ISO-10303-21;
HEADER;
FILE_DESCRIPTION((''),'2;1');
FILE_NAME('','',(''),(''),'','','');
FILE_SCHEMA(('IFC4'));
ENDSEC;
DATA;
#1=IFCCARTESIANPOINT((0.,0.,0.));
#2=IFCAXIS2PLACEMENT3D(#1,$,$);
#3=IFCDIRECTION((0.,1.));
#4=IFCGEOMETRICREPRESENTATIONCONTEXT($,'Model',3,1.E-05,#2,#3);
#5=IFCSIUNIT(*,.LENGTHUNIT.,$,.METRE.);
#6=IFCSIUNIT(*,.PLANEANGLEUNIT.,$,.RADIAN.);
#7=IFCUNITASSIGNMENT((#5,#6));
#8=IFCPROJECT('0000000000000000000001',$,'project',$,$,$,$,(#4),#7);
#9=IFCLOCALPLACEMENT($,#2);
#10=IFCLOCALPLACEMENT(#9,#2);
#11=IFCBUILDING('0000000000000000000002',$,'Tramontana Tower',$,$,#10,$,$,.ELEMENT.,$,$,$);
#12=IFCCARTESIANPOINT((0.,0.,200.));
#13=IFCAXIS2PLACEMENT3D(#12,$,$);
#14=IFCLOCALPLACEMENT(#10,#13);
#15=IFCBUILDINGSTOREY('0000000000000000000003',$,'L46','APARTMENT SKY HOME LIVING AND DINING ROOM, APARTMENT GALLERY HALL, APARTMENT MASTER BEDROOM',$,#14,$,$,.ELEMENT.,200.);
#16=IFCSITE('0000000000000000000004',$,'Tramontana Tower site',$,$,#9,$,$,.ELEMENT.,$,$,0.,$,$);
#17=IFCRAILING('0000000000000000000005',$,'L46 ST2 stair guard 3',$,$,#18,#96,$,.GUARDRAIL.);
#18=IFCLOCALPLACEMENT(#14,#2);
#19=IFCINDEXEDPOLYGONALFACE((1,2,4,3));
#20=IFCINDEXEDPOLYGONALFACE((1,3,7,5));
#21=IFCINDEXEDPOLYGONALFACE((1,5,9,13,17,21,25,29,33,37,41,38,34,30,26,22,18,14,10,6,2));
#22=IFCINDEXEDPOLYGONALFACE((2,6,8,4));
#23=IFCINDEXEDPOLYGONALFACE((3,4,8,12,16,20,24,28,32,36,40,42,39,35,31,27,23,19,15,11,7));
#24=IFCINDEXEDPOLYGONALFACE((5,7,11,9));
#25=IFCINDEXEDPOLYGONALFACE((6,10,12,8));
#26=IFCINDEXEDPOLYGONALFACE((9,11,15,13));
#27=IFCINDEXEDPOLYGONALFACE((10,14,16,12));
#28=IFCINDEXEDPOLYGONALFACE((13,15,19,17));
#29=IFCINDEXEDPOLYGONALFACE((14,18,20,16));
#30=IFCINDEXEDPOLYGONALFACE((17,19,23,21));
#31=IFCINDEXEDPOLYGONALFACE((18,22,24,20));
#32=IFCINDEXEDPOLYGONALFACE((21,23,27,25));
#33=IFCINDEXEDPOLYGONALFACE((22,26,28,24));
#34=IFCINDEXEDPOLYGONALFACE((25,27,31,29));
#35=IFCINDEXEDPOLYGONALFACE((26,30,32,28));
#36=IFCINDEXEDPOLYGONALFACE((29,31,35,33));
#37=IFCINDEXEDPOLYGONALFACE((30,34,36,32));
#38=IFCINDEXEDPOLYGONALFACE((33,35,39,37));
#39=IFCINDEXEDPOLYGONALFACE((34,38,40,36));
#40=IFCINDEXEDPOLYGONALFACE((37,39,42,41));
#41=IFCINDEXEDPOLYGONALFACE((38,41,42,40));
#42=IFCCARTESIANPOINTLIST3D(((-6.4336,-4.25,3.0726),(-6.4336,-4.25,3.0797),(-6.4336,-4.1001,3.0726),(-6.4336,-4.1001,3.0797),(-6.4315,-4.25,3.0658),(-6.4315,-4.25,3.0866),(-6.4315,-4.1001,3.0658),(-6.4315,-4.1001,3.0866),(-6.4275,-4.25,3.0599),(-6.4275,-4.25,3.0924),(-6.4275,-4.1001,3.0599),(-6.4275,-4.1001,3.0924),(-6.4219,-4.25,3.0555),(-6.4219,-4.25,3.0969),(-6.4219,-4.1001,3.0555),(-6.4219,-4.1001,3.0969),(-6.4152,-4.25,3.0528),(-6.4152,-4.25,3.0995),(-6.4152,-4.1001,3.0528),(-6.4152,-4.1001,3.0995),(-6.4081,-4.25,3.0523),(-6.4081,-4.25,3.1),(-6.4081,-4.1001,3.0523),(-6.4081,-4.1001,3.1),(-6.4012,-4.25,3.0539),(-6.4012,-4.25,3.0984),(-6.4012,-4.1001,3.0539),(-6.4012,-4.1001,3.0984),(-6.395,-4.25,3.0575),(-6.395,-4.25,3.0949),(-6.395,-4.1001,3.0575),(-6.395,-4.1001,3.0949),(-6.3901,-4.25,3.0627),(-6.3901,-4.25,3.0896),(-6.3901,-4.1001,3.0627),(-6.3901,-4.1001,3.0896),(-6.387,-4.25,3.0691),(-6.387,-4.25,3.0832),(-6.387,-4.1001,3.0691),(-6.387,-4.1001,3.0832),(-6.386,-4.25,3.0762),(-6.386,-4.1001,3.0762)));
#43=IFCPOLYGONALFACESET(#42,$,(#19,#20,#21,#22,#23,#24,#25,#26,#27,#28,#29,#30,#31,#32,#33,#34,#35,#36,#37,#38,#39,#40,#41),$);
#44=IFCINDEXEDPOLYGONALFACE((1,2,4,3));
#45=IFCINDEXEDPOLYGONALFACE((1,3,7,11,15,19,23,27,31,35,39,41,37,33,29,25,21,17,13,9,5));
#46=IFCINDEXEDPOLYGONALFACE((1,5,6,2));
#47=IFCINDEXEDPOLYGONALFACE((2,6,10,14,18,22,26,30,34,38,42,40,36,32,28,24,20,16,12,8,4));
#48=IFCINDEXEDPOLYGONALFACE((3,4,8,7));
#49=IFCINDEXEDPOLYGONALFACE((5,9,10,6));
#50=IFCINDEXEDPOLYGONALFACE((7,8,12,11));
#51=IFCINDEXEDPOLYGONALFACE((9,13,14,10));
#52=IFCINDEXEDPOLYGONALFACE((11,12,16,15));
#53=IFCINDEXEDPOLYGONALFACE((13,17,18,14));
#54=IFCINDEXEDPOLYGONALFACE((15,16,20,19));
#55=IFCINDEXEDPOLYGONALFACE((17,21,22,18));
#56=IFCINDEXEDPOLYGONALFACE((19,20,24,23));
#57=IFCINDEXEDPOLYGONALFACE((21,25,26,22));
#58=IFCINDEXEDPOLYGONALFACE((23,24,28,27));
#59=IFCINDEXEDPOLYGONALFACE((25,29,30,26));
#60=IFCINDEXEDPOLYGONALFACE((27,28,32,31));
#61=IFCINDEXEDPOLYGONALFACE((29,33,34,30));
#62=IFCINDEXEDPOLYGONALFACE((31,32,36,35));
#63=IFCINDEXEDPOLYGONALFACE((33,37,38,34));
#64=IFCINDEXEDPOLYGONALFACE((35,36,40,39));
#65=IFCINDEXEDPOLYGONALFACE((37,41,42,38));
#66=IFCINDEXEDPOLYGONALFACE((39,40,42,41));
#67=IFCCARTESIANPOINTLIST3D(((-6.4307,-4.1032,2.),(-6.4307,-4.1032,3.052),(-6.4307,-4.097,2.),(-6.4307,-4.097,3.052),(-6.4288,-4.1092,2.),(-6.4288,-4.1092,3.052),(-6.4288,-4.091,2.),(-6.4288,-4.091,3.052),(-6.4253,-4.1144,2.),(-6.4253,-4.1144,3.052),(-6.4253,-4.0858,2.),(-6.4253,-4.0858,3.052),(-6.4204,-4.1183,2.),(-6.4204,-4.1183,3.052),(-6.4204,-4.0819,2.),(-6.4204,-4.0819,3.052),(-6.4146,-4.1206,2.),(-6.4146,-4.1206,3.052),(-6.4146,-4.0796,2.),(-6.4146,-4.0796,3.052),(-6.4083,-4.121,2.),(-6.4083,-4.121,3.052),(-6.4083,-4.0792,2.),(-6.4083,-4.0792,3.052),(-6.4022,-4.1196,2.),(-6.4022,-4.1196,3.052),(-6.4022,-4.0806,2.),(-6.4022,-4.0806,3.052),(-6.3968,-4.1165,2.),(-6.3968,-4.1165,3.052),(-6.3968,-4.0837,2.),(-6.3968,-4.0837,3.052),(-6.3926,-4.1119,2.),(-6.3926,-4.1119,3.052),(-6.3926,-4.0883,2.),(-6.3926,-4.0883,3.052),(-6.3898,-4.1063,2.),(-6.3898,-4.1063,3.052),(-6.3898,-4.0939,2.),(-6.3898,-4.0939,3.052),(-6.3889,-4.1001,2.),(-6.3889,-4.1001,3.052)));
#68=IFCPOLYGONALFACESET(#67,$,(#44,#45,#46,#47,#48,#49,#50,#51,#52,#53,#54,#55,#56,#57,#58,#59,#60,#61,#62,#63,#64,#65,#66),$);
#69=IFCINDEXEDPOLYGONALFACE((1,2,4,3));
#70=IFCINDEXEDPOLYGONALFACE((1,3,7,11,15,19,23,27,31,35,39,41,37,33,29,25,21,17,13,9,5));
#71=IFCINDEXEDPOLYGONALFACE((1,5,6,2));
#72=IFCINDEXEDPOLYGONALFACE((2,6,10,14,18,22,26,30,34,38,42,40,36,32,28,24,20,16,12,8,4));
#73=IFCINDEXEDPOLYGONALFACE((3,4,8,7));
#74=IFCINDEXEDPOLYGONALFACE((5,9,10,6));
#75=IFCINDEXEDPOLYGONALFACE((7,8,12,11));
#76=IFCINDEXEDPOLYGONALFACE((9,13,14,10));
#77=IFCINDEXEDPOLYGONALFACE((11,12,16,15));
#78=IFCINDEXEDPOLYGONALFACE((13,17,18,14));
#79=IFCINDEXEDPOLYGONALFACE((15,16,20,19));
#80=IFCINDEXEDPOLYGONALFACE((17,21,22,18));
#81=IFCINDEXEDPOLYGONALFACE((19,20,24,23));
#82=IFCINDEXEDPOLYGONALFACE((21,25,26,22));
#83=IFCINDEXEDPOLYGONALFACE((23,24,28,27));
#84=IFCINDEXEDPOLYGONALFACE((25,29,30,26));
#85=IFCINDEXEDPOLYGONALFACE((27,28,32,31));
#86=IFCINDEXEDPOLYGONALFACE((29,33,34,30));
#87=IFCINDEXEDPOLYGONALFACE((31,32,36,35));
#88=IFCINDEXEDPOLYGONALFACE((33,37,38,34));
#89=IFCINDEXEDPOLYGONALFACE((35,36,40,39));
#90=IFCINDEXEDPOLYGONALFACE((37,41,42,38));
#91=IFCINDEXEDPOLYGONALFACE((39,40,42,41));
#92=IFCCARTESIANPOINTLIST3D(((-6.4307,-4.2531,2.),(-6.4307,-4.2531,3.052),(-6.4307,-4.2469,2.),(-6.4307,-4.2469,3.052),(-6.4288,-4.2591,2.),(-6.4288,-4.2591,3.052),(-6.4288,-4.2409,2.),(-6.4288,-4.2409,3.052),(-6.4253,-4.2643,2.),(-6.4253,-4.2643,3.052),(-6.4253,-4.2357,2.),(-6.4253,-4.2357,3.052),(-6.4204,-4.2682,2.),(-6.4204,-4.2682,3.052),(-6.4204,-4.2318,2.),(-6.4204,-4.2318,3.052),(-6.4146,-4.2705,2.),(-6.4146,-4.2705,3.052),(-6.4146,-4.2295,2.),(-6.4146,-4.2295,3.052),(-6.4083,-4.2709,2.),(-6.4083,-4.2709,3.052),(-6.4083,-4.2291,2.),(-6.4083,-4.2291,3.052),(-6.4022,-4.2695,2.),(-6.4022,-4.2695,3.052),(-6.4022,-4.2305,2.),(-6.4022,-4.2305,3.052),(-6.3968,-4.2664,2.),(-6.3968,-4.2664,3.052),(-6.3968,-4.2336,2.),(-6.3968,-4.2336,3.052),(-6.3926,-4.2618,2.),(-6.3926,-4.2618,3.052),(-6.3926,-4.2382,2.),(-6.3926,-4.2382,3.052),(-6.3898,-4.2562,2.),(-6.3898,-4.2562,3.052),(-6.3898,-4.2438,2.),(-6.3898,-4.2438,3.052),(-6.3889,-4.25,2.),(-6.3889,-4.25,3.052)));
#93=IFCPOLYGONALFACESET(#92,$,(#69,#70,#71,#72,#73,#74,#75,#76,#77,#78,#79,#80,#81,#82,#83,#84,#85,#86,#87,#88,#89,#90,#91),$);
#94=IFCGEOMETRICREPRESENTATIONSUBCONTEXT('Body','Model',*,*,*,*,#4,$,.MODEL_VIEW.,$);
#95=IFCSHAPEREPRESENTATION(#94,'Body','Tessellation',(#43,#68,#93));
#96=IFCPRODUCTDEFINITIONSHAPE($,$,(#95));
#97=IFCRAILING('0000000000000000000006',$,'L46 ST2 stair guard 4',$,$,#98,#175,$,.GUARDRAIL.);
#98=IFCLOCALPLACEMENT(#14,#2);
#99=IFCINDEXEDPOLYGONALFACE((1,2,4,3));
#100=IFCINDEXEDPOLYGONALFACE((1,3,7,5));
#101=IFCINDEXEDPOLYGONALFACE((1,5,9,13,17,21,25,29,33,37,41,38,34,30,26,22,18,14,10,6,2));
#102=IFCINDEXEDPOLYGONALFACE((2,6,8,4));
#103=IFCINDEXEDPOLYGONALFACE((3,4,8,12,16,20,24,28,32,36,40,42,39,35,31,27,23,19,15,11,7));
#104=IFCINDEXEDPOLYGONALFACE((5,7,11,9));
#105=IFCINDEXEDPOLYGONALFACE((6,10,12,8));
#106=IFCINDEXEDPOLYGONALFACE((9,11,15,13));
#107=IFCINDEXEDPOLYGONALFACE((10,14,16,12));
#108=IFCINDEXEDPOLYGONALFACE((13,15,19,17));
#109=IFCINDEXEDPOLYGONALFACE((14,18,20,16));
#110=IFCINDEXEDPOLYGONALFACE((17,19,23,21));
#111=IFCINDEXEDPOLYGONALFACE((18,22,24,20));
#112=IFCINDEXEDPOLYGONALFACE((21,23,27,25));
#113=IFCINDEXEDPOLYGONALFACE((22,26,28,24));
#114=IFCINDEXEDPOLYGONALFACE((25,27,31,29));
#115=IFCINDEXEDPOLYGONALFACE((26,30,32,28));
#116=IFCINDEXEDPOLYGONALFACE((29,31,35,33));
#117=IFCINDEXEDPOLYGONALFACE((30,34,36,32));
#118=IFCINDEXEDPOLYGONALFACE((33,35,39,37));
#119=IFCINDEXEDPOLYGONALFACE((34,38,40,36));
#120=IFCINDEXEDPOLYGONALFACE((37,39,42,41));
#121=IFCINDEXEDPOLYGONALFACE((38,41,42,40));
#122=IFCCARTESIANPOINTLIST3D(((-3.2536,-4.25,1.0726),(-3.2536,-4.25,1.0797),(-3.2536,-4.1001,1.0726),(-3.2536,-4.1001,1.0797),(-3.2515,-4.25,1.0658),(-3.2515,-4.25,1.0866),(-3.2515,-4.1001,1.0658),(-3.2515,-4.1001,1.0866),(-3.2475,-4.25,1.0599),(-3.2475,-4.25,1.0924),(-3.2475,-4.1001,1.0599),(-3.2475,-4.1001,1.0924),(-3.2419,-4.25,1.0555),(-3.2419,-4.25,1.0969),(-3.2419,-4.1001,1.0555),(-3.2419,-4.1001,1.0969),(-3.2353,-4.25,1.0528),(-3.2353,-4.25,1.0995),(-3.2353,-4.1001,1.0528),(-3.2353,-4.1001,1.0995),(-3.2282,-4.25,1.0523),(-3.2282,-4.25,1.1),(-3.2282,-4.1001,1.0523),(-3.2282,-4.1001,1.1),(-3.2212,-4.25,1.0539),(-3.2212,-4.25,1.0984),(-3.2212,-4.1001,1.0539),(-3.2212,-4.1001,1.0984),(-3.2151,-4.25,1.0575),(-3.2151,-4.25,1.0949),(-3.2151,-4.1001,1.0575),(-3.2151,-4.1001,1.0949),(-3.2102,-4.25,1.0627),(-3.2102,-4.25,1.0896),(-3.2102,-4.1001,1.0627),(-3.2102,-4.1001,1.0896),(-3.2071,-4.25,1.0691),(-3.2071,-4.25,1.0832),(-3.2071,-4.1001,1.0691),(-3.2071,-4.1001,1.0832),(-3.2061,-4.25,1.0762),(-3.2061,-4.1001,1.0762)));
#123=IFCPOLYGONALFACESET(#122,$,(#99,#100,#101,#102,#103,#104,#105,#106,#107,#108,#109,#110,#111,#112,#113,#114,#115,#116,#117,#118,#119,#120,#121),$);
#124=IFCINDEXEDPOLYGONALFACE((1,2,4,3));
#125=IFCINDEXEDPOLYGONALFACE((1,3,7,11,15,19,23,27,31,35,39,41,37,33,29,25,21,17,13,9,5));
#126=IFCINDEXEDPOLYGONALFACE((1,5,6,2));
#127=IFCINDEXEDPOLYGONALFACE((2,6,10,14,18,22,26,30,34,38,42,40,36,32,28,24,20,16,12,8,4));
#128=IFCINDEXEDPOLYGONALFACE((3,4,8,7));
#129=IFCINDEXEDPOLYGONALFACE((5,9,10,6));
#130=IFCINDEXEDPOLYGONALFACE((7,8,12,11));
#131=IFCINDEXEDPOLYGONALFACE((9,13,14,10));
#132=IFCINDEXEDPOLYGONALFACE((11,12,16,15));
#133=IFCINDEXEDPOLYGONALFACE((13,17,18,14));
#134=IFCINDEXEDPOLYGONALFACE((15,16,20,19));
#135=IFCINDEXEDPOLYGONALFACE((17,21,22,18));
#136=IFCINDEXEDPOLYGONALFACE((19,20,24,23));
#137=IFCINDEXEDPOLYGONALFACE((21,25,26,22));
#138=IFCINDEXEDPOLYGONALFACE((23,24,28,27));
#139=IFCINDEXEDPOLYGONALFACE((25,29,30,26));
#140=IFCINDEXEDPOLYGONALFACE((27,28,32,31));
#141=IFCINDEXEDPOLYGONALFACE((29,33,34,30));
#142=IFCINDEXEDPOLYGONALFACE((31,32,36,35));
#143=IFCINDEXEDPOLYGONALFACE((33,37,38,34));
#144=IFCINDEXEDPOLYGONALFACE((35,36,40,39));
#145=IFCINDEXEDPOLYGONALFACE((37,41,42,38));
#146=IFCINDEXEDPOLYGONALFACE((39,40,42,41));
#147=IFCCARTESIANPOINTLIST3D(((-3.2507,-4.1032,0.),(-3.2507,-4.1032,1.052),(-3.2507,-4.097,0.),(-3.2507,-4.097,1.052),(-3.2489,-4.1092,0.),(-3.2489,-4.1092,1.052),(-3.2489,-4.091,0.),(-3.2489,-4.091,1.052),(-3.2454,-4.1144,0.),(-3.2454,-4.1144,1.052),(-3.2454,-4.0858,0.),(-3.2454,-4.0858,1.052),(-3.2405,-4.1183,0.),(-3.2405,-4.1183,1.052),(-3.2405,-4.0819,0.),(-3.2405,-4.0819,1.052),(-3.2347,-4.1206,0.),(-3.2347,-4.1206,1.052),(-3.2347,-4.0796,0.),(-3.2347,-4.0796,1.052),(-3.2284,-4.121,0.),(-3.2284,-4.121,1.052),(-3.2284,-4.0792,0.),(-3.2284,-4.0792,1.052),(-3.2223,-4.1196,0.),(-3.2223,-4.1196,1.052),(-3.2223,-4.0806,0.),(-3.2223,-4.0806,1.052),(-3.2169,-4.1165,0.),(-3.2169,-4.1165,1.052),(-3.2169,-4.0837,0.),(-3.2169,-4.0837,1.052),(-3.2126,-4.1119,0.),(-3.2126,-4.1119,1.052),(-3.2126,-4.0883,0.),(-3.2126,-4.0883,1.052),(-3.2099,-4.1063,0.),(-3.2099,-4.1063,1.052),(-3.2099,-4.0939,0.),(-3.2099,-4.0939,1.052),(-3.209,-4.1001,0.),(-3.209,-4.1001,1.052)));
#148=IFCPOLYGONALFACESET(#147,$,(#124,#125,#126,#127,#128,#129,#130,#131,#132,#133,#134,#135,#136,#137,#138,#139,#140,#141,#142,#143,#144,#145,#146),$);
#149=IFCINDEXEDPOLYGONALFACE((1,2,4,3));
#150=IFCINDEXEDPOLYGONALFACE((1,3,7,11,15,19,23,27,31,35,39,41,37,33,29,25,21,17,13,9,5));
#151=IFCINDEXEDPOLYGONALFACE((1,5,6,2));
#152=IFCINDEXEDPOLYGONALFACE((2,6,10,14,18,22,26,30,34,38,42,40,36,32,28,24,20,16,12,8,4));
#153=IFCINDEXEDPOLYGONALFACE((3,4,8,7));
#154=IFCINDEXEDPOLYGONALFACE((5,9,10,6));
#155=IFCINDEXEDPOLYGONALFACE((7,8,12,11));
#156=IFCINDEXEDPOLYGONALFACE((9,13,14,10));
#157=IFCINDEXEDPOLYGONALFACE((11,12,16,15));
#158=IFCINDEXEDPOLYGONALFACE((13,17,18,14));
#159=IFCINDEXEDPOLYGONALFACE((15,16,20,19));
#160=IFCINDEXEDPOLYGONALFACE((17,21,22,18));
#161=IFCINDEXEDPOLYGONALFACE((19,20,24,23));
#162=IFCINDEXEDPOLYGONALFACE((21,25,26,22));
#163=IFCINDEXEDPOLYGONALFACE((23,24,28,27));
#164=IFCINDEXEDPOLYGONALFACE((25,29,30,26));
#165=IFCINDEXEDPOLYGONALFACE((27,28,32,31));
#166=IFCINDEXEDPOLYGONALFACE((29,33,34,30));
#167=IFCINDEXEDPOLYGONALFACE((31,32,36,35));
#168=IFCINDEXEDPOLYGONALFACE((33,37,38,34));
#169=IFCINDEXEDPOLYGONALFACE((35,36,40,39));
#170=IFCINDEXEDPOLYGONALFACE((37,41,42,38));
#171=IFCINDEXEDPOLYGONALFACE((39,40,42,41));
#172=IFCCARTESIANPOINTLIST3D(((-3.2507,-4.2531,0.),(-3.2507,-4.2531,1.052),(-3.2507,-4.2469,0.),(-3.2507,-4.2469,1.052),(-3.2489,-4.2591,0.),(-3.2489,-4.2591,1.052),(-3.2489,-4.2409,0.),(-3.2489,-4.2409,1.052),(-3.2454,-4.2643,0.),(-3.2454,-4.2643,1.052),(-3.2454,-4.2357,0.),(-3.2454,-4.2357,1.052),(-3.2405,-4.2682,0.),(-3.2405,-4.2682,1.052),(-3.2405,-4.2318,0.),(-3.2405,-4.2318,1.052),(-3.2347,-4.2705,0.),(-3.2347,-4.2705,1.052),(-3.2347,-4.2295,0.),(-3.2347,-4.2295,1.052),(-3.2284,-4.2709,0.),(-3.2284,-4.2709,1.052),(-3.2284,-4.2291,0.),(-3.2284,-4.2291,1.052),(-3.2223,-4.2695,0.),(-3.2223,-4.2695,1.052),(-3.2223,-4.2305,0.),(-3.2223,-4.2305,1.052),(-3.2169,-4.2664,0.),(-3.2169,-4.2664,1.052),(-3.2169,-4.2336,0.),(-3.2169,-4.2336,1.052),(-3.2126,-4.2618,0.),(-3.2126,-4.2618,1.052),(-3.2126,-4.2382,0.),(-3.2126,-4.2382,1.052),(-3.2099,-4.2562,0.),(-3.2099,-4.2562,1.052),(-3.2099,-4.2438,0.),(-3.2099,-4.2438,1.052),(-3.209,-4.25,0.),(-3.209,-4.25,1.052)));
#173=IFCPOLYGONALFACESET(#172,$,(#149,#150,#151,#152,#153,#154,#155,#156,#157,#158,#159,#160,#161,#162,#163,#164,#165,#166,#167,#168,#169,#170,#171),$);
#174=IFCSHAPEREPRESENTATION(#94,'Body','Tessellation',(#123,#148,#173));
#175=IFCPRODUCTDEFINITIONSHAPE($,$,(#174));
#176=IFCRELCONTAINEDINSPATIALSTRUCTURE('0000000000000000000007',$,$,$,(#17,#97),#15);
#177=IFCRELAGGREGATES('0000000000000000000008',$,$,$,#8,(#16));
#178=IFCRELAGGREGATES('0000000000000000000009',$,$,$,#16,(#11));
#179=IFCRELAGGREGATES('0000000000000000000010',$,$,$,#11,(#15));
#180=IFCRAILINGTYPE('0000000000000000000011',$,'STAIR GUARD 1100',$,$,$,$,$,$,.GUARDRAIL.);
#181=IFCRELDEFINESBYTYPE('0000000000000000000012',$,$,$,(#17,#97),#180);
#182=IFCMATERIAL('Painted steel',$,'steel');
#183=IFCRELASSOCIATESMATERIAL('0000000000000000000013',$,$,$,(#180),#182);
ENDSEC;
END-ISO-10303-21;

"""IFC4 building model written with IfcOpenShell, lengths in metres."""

from ifc_helpers import new_model, si_unit, direction, frame, origin, origin_2d, place, context, subcontext, project, spatial, circle, extrude, material, type_object, element, save


model = new_model("IFC4")

# Units and contexts
model_context = context("Model", 3, precision=1e-05, world=origin(), true_north=direction((0.0, 1.0)))
body_context = subcontext(model_context, "Body", "Model", "MODEL_VIEW")
ifc_project = project(units=[si_unit("LENGTHUNIT", "METRE"), si_unit("PLANEANGLEUNIT", "RADIAN")], contexts=[model_context])

# Site, building, storey
site_placement = place(None, origin())
site = spatial("IfcSite", under=ifc_project, at=site_placement, Name="Tramontana Tower site", CompositionType="ELEMENT", RefElevation=0.0)
building_placement = place(site_placement, origin())
building = spatial("IfcBuilding", under=site, at=building_placement, Name="Tramontana Tower", CompositionType="ELEMENT")
storey_placement = place(building_placement, frame((0.0, 0.0, 200.0)))
storey = spatial("IfcBuildingStorey", under=building, at=storey_placement, Name="L46", Description="APARTMENT SKY HOME LIVING AND DINING ROOM, APARTMENT GALLERY HALL, APARTMENT MASTER BEDROOM", CompositionType="ELEMENT", Elevation=200.0)

# Railings
ifc_material_1 = material(Name="Painted steel", Category="steel")
railing_type_1 = type_object("IfcRailingType", Name="STAIR GUARD 1100", PredefinedType="GUARDRAIL", material=ifc_material_1)
for number, where, name in (
    (1, (-6.4099, -4.1001, 2.0), "L46 ST2 stair guard 3"),
    (2, (-3.23, -4.1001, 0.0), "L46 ST2 stair guard 4"),
):
    element("IfcRailing", number, at=place(storey_placement, frame(where)), inside=storey, type_object=railing_type_1, Name=name, PredefinedType="GUARDRAIL", context=body_context, shape_type="SweptSolid", body=[
        extrude(circle(Radius=0.0239, at=origin_2d()), frame((0.0, 0.0, 1.0762), z_axis=(0.0, -1.0, 0.0), x_axis=(1.0, 0.0, 0.0)), (0.0, 0.0, 1.0), 0.1499),
        extrude(circle(Radius=0.021, at=origin_2d()), origin(), (0.0, 0.0, 1.0), 1.052),
        extrude(circle(Radius=0.021, at=origin_2d()), frame((0.0, -0.1499, 0.0)), (0.0, 0.0, 1.0), 1.052),
    ])

save(model, "model.ifc")
